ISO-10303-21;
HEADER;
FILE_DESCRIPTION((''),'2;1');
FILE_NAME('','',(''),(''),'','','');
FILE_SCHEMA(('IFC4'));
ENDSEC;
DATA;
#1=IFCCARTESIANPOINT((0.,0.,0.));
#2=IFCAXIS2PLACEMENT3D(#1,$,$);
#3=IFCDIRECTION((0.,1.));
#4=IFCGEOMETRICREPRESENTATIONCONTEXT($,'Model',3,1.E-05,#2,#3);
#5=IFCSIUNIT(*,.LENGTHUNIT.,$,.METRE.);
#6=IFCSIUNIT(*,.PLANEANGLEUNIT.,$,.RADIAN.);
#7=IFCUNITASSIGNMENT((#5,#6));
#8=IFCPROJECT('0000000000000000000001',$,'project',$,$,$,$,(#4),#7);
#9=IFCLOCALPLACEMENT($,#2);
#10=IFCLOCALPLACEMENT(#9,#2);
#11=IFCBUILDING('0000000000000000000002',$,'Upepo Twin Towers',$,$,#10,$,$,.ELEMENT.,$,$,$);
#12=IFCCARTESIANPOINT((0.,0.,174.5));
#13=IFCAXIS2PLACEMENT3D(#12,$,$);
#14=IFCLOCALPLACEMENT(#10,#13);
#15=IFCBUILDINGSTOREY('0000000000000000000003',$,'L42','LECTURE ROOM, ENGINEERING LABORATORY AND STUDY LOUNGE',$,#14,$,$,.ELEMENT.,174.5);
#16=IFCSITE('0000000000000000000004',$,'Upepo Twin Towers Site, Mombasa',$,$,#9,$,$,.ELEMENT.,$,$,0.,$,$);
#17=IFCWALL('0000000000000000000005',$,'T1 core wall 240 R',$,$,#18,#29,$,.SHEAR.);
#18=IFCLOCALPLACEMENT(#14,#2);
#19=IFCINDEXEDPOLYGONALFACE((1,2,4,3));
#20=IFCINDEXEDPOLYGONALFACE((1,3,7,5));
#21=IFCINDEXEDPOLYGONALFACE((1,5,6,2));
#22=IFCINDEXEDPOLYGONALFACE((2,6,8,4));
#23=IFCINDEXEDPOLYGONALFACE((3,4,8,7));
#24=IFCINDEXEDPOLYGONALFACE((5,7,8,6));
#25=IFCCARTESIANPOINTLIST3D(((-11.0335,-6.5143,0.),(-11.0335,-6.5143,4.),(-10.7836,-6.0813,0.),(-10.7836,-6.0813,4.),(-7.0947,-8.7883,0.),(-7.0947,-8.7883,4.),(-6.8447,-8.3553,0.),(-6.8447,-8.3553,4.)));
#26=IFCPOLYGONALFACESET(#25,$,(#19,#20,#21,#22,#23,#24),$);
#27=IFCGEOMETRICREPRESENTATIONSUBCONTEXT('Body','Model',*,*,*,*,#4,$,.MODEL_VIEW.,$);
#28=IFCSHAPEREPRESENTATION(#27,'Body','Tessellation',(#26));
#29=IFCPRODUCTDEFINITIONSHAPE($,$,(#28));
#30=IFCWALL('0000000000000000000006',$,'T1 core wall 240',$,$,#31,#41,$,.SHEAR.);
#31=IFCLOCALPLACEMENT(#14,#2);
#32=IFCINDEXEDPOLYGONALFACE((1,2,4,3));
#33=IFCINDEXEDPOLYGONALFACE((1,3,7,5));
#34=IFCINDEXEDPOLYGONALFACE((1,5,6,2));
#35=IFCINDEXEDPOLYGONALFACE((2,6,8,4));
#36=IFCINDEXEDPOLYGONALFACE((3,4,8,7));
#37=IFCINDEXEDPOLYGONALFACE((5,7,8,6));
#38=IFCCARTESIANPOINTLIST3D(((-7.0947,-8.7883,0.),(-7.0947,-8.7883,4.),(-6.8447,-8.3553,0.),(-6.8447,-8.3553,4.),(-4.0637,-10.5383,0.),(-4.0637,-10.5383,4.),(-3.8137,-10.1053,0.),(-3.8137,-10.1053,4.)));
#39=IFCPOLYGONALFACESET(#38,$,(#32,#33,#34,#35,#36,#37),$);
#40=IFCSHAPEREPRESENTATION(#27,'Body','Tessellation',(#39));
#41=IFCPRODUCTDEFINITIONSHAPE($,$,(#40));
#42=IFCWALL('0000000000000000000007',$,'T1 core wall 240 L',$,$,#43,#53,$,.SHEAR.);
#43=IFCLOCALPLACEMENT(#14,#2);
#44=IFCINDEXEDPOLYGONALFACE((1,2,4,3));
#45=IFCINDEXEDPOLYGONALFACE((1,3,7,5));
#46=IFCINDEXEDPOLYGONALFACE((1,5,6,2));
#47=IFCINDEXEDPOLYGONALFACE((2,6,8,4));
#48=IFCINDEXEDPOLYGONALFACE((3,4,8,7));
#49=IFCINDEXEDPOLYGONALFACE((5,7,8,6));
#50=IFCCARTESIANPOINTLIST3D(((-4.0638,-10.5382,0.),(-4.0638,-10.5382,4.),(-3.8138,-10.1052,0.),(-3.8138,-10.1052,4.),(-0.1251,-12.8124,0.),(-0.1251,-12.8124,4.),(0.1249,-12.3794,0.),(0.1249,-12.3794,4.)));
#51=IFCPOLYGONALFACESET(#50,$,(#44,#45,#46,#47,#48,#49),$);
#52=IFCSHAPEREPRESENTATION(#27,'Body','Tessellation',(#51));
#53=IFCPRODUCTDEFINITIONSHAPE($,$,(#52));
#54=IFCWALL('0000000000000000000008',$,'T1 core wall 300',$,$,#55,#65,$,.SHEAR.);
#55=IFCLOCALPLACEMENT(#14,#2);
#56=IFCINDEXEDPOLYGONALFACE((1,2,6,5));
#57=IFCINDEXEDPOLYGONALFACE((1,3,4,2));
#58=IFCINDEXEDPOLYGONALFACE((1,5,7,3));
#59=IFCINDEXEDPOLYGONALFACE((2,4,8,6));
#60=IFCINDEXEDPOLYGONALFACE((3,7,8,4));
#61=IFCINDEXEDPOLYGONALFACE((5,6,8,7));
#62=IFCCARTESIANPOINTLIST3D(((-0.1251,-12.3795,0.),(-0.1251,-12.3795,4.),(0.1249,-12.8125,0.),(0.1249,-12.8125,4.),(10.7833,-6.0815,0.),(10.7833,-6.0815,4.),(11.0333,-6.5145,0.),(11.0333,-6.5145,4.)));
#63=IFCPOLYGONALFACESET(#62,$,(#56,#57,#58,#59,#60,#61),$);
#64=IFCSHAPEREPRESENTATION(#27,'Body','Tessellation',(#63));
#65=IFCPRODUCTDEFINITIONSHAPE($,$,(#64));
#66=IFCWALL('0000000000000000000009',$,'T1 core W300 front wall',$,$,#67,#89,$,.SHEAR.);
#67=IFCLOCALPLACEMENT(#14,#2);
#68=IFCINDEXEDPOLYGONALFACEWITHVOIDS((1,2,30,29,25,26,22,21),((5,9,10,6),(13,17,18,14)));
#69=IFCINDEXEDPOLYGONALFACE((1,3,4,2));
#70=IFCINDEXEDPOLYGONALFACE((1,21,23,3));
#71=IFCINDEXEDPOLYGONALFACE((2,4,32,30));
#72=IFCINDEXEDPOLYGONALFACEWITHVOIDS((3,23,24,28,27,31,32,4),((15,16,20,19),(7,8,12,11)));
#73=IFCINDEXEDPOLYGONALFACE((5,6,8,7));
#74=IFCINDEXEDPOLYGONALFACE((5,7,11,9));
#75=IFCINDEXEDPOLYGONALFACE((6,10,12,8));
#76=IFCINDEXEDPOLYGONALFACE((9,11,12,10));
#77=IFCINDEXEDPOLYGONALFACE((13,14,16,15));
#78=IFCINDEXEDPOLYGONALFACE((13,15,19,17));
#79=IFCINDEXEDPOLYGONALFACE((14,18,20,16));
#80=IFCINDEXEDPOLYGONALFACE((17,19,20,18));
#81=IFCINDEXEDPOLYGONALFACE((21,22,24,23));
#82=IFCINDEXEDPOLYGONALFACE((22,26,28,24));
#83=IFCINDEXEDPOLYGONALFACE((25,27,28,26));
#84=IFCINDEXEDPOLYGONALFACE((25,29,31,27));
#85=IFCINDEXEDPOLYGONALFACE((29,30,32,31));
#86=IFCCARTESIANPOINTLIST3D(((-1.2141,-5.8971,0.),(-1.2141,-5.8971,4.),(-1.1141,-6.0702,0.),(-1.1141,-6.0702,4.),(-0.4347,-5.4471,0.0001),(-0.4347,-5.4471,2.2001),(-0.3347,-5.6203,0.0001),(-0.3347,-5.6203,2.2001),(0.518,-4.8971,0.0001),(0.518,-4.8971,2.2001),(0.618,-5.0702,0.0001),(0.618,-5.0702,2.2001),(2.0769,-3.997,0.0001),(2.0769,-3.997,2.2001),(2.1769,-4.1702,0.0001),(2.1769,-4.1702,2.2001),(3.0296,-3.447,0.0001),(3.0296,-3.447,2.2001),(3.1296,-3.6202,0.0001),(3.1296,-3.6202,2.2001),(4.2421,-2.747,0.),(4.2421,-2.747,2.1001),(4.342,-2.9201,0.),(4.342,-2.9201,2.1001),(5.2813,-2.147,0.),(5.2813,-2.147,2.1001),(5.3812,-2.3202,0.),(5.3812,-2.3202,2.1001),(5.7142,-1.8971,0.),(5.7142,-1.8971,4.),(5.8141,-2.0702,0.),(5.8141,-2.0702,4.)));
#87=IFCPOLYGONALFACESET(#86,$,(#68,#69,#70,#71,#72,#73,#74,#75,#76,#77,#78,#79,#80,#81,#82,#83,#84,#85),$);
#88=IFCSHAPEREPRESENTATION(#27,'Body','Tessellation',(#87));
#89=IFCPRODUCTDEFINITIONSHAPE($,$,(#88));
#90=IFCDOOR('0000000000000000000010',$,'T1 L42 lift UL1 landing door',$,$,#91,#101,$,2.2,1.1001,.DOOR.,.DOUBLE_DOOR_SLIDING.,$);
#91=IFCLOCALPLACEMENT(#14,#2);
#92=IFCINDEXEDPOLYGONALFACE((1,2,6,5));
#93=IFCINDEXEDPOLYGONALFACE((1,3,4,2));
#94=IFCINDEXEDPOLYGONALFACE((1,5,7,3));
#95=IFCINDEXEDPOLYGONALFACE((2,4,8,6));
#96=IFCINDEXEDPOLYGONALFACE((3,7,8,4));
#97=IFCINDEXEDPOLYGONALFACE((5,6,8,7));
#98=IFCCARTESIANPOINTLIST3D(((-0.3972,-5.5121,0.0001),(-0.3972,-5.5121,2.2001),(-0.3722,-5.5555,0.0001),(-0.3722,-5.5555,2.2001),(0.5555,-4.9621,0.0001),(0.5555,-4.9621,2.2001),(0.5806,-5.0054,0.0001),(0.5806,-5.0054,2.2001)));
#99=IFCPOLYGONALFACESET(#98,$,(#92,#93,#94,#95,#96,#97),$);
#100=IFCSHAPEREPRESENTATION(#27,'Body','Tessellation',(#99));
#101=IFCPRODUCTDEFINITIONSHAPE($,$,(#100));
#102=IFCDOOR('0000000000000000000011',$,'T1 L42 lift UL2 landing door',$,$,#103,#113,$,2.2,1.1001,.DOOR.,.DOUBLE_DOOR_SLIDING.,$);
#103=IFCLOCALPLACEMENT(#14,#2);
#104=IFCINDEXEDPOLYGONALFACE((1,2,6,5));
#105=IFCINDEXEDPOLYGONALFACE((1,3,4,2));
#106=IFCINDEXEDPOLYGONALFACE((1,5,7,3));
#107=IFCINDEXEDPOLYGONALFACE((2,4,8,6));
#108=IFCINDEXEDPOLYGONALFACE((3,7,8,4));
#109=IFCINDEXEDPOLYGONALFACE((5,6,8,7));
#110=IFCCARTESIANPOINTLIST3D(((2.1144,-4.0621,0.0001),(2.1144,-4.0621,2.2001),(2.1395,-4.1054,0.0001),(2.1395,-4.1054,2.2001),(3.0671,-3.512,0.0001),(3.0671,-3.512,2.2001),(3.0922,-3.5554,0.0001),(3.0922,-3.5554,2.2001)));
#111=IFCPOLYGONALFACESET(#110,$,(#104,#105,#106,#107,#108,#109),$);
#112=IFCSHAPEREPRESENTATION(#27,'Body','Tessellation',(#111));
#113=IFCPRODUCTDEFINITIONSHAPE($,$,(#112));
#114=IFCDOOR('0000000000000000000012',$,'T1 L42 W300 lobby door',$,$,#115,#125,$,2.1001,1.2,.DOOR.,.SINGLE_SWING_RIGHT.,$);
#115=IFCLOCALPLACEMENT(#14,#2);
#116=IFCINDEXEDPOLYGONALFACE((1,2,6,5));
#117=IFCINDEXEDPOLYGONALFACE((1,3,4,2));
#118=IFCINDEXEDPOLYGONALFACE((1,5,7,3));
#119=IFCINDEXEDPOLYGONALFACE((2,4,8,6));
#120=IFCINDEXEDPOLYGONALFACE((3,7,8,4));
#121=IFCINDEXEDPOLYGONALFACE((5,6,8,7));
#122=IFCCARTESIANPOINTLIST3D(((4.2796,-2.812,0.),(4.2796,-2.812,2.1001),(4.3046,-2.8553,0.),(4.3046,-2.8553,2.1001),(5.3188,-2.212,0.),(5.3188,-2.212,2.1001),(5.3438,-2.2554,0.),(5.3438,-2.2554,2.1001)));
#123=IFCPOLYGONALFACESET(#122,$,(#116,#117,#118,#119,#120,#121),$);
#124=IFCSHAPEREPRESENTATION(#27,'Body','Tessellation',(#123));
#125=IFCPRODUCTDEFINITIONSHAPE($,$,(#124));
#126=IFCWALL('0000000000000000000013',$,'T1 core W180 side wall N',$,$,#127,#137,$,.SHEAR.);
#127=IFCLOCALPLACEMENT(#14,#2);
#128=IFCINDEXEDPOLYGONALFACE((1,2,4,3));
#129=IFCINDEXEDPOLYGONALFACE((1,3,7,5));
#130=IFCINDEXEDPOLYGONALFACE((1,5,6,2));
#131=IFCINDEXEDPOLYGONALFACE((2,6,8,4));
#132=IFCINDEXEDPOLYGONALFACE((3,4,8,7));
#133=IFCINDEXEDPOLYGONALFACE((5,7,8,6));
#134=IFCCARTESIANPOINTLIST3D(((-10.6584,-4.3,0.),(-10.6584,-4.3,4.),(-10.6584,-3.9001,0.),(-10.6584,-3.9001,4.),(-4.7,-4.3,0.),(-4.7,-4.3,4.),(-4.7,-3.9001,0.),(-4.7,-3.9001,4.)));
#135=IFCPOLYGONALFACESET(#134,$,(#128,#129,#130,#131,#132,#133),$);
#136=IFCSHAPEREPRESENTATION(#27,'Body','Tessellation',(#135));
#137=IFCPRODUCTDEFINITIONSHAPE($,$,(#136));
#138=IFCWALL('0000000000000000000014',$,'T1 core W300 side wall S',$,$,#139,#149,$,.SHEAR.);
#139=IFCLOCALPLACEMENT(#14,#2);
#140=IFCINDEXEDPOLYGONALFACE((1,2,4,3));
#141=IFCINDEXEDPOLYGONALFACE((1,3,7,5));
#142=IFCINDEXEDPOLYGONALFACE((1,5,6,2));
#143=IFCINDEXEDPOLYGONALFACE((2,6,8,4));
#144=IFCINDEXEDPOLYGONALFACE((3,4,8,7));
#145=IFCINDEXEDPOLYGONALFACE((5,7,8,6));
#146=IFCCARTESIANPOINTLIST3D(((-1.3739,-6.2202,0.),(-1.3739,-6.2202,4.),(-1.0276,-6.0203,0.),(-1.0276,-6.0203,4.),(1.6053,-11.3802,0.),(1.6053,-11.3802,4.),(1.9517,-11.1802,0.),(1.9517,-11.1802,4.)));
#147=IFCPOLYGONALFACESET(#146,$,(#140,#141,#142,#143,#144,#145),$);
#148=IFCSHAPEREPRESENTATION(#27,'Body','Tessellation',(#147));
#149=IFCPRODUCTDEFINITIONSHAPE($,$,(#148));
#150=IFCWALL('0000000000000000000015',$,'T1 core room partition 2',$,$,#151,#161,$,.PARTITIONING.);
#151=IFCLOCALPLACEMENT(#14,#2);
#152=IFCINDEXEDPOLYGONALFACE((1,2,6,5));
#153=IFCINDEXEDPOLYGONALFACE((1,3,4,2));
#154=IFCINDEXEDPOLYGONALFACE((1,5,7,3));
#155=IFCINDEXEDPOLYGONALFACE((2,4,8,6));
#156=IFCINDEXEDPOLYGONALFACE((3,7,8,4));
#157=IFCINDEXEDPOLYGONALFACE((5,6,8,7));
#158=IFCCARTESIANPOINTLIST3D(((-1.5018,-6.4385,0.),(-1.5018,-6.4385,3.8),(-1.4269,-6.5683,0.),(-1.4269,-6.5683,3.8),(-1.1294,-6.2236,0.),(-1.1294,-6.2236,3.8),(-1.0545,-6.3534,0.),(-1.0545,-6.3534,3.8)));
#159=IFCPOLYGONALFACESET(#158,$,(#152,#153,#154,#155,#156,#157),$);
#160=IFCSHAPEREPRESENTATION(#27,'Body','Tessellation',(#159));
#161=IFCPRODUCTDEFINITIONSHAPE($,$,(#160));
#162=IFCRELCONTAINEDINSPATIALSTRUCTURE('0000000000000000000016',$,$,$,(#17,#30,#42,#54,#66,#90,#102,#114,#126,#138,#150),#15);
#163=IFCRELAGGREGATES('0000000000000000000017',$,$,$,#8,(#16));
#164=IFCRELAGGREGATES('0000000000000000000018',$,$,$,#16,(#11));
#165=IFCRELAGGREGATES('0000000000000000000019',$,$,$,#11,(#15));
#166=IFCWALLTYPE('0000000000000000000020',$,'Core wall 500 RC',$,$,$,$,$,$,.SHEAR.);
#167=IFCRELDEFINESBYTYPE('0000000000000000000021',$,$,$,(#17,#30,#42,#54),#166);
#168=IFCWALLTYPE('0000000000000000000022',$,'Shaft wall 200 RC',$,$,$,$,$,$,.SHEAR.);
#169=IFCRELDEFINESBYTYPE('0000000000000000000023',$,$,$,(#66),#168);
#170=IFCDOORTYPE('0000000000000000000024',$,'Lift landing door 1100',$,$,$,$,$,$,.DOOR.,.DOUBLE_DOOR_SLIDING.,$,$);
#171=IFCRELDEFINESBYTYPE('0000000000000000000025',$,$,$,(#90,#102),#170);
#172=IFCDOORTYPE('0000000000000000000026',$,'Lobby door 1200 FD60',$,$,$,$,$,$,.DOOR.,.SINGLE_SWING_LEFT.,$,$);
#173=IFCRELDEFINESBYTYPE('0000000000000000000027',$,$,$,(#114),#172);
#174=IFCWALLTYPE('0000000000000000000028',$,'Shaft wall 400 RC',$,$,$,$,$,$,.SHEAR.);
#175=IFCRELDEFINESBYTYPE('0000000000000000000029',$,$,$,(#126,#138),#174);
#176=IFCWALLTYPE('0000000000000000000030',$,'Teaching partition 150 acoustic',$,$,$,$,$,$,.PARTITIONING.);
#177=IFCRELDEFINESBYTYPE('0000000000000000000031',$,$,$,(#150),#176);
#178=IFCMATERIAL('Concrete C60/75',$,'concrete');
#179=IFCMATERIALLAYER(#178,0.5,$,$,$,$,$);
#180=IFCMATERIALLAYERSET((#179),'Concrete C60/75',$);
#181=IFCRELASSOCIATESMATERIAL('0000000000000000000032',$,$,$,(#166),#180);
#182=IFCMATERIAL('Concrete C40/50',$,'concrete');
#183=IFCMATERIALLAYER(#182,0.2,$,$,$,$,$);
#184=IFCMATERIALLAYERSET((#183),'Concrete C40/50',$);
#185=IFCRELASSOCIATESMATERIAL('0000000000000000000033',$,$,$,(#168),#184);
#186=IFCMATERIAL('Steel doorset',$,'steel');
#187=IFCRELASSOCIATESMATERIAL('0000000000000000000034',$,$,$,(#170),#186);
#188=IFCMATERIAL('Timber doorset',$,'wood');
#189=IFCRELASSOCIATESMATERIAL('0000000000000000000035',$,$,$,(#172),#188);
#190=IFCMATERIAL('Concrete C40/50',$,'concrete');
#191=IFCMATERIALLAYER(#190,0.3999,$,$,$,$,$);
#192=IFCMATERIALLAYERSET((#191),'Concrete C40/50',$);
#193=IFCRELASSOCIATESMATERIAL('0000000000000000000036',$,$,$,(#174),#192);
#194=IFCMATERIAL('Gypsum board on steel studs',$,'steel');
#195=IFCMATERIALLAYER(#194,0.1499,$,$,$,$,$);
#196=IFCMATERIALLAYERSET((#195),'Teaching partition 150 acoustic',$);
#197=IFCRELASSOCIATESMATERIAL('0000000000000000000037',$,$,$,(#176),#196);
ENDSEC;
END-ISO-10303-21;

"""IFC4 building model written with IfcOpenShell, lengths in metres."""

from ifc_helpers import new_model, si_unit, direction, frame, frame_2d, origin, place, context, subcontext, project, spatial, rectangle, extrude, material, layer, layer_set, type_object, element, fill, save


model = new_model("IFC4")

# Units and contexts
model_context = context("Model", 3, precision=1e-05, world=origin(), true_north=direction((0.0, 1.0)))
body_context = subcontext(model_context, "Body", "Model", "MODEL_VIEW")
ifc_project = project(units=[si_unit("LENGTHUNIT", "METRE"), si_unit("PLANEANGLEUNIT", "RADIAN")], contexts=[model_context])

# Site, building, storey
site_placement = place(None, origin())
site = spatial("IfcSite", under=ifc_project, at=site_placement, Name="Upepo Twin Towers Site, Mombasa", CompositionType="ELEMENT", RefElevation=0.0)
building_placement = place(site_placement, origin())
building = spatial("IfcBuilding", under=site, at=building_placement, Name="Upepo Twin Towers", CompositionType="ELEMENT")
storey_placement = place(building_placement, frame((0.0, 0.0, 174.5)))
storey = spatial("IfcBuildingStorey", under=building, at=storey_placement, Name="L42", Description="LECTURE ROOM, ENGINEERING LABORATORY AND STUDY LOUNGE", CompositionType="ELEMENT", Elevation=174.5)

# Walls
ifc_material_1 = material(Name="Concrete C60/75", Category="concrete")
ifc_layer_1 = layer(ifc_material_1, 0.5)
ifc_layer_set_1 = layer_set([ifc_layer_1], Name="Concrete C60/75")
wall_type_1 = type_object("IfcWallType", Name="Core wall 500 RC", PredefinedType="SHEAR", material=ifc_layer_set_1)
wall_1_placement = place(storey_placement, frame((-10.9084, -6.2979, 0.0), z_axis=(0.0, 0.0, 1.0), x_axis=(0.866035, -0.499984, 0.0)))
element("IfcWall", 1, at=wall_1_placement, inside=storey, type_object=wall_type_1, Name="T1 core wall 240 R", PredefinedType="SHEAR", context=body_context, shape_type="SweptSolid", body=[
    extrude(rectangle(XDim=4.5481, YDim=0.5, at=frame_2d((2.2739, 0.0))), origin(), (0.0, 0.0, 1.0), 4.0),
])
wall_2_placement = place(storey_placement, frame((-6.9697, -8.5718, 0.0), z_axis=(0.0, 0.0, 1.0), x_axis=(0.866019, -0.50001, 0.0)))
element("IfcWall", 2, at=wall_2_placement, inside=storey, type_object=wall_type_1, Name="T1 core wall 240", PredefinedType="SHEAR", context=body_context, shape_type="SweptSolid", body=[
    extrude(rectangle(XDim=3.5, YDim=0.5, at=frame_2d((1.75, 0.0))), origin(), (0.0, 0.0, 1.0), 4.0),
])
wall_3_placement = place(storey_placement, frame((-3.9387, -10.3218, 0.0), z_axis=(0.0, 0.0, 1.0), x_axis=(0.866011, -0.500024, 0.0)))
element("IfcWall", 3, at=wall_3_placement, inside=storey, type_object=wall_type_1, Name="T1 core wall 240 L", PredefinedType="SHEAR", context=body_context, shape_type="SweptSolid", body=[
    extrude(rectangle(XDim=4.5481, YDim=0.5, at=frame_2d((2.2739, 0.0))), origin(), (0.0, 0.0, 1.0), 4.0),
])
wall_4_placement = place(storey_placement, frame((0.0, -12.5959, 0.0), z_axis=(0.0, 0.0, 1.0), x_axis=(0.866022, 0.500006, 0.0)))
element("IfcWall", 4, at=wall_4_placement, inside=storey, type_object=wall_type_1, Name="T1 core wall 300", PredefinedType="SHEAR", context=body_context, shape_type="SweptSolid", body=[
    extrude(rectangle(XDim=12.5959, YDim=0.5, at=frame_2d((6.2979, 0.0))), origin(), (0.0, 0.0, 1.0), 4.0),
])

# Wall, openings, doors
ifc_material_2 = material(Name="Concrete C40/50", Category="concrete")
ifc_layer_2 = layer(ifc_material_2, 0.2)
ifc_layer_set_2 = layer_set([ifc_layer_2], Name="Concrete C40/50")
wall_type_2 = type_object("IfcWallType", Name="Shaft wall 200 RC", PredefinedType="SHEAR", material=ifc_layer_set_2)
wall_5_placement = place(storey_placement, frame((-1.1641, -5.9836, 0.0), z_axis=(0.0, 0.0, 1.0), x_axis=(0.866026, 0.499999, 0.0)))
wall_5 = element("IfcWall", 5, at=wall_5_placement, inside=storey, type_object=wall_type_2, Name="T1 core W300 front wall", PredefinedType="SHEAR", context=body_context, shape_type="SweptSolid", body=[
    extrude(rectangle(XDim=8.0, YDim=0.2, at=frame_2d((4.0, 0.0))), origin(), (0.0, 0.0, 1.0), 4.0),
])
opening_1_placement = place(wall_5_placement, frame((6.3, 0.0, 0.0)))
opening_1 = element("IfcOpeningElement", 6, at=opening_1_placement, cuts=wall_5, PredefinedType="OPENING", context=body_context, shape_type="SweptSolid", body=[
    extrude(rectangle(XDim=1.2, YDim=2.1001, at=frame_2d((0.6001, 1.05))), frame((0.0, 0.1099, 0.0), z_axis=(0.0, -1.0, 0.0), x_axis=(1.0, 0.0, 0.0)), (0.0, 0.0, 1.0), 0.22),
])
opening_2_placement = place(wall_5_placement, frame((0.8999, 0.0, 0.0)))
opening_2 = element("IfcOpeningElement", 7, at=opening_2_placement, cuts=wall_5, PredefinedType="OPENING", context=body_context, shape_type="SweptSolid", body=[
    extrude(rectangle(XDim=1.1001, YDim=2.2, at=frame_2d((0.55, 1.1001))), frame((0.0, 0.1099, 0.0), z_axis=(0.0, -1.0, 0.0), x_axis=(1.0, 0.0, 0.0)), (0.0, 0.0, 1.0), 0.22),
])
opening_3_placement = place(wall_5_placement, frame((3.8, 0.0, 0.0)))
opening_3 = element("IfcOpeningElement", 8, at=opening_3_placement, cuts=wall_5, PredefinedType="OPENING", context=body_context, shape_type="SweptSolid", body=[
    extrude(rectangle(XDim=1.1001, YDim=2.2, at=frame_2d((0.55, 1.1001))), frame((0.0, 0.1099, 0.0), z_axis=(0.0, -1.0, 0.0), x_axis=(1.0, 0.0, 0.0)), (0.0, 0.0, 1.0), 0.22),
])
ifc_material_3 = material(Name="Steel doorset", Category="steel")
door_type_1 = type_object("IfcDoorType", Name="Lift landing door 1100", OperationType="DOUBLE_DOOR_SLIDING", PredefinedType="DOOR", material=ifc_material_3)
door_1_placement = place(opening_2_placement, origin())
door_1 = element("IfcDoor", 9, at=door_1_placement, inside=storey, type_object=door_type_1, Name="T1 L42 lift UL1 landing door", OperationType="DOUBLE_DOOR_SLIDING", OverallHeight=2.2, OverallWidth=1.1001, PredefinedType="DOOR", context=body_context, shape_type="SweptSolid", body=[
    extrude(rectangle(XDim=1.1001, YDim=2.2, at=frame_2d((0.55, 1.1001))), frame((0.0, 0.0249, 0.0), z_axis=(0.0, -1.0, 0.0), x_axis=(1.0, 0.0, 0.0)), (0.0, 0.0, 1.0), 0.05),
])
fill(opening_2, door_1)
door_2_placement = place(opening_3_placement, origin())
door_2 = element("IfcDoor", 10, at=door_2_placement, inside=storey, type_object=door_type_1, Name="T1 L42 lift UL2 landing door", OperationType="DOUBLE_DOOR_SLIDING", OverallHeight=2.2, OverallWidth=1.1001, PredefinedType="DOOR", context=body_context, shape_type="SweptSolid", body=[
    extrude(rectangle(XDim=1.1001, YDim=2.2, at=frame_2d((0.55, 1.1001))), frame((0.0, 0.0249, 0.0), z_axis=(0.0, -1.0, 0.0), x_axis=(1.0, 0.0, 0.0)), (0.0, 0.0, 1.0), 0.05),
])
fill(opening_3, door_2)
ifc_material_4 = material(Name="Timber doorset", Category="wood")
door_type_2 = type_object("IfcDoorType", Name="Lobby door 1200 FD60", OperationType="SINGLE_SWING_LEFT", PredefinedType="DOOR", material=ifc_material_4)
door_3_placement = place(opening_1_placement, origin())
door_3 = element("IfcDoor", 11, at=door_3_placement, inside=storey, type_object=door_type_2, Name="T1 L42 W300 lobby door", OperationType="SINGLE_SWING_RIGHT", OverallHeight=2.1001, OverallWidth=1.2, PredefinedType="DOOR", context=body_context, shape_type="SweptSolid", body=[
    extrude(rectangle(XDim=1.2, YDim=2.1001, at=frame_2d((0.6001, 1.05))), frame((0.0, 0.0249, 0.0), z_axis=(0.0, -1.0, 0.0), x_axis=(1.0, 0.0, 0.0)), (0.0, 0.0, 1.0), 0.05),
])
fill(opening_1, door_3)

# Walls
ifc_material_5 = material(Name="Concrete C40/50", Category="concrete")
ifc_layer_3 = layer(ifc_material_5, 0.3999)
ifc_layer_set_3 = layer_set([ifc_layer_3], Name="Concrete C40/50")
wall_type_3 = type_object("IfcWallType", Name="Shaft wall 400 RC", PredefinedType="SHEAR", material=ifc_layer_set_3)
wall_6_placement = place(storey_placement, frame((-4.7, -4.1001, 0.0), z_axis=(0.0, 0.0, 1.0), x_axis=(-1.0, 0.0, 0.0)))
element("IfcWall", 12, at=wall_6_placement, inside=storey, type_object=wall_type_3, Name="T1 core W180 side wall N", PredefinedType="SHEAR", context=body_context, shape_type="SweptSolid", body=[
    extrude(rectangle(XDim=5.9585, YDim=0.3999, at=frame_2d((2.9792, 0.0))), origin(), (0.0, 0.0, 1.0), 4.0),
])
wall_7_placement = place(storey_placement, frame((-1.2007, -6.1204, 0.0), z_axis=(0.0, 0.0, 1.0), x_axis=(0.500022, -0.866013, 0.0)))
element("IfcWall", 13, at=wall_7_placement, inside=storey, type_object=wall_type_3, Name="T1 core W300 side wall S", PredefinedType="SHEAR", context=body_context, shape_type="SweptSolid", body=[
    extrude(rectangle(XDim=5.9583, YDim=0.3999, at=frame_2d((2.979, 0.0))), origin(), (0.0, 0.0, 1.0), 4.0),
])
ifc_material_6 = material(Name="Gypsum board on steel studs", Category="steel")
ifc_layer_4 = layer(ifc_material_6, 0.1499)
ifc_layer_set_4 = layer_set([ifc_layer_4], Name="Teaching partition 150 acoustic")
wall_type_4 = type_object("IfcWallType", Name="Teaching partition 150 acoustic", PredefinedType="PARTITIONING", material=ifc_layer_set_4)
wall_8_placement = place(storey_placement, frame((-1.092, -6.2886, 0.0), z_axis=(0.0, 0.0, 1.0), x_axis=(-0.866138, -0.499804, 0.0)))
element("IfcWall", 14, at=wall_8_placement, inside=storey, type_object=wall_type_4, Name="T1 core room partition 2", PredefinedType="PARTITIONING", context=body_context, shape_type="SweptSolid", body=[
    extrude(rectangle(XDim=0.4299, YDim=0.1499, at=frame_2d((0.2148, 0.0))), origin(), (0.0, 0.0, 1.0), 3.8),
])

save(model, "model.ifc")
